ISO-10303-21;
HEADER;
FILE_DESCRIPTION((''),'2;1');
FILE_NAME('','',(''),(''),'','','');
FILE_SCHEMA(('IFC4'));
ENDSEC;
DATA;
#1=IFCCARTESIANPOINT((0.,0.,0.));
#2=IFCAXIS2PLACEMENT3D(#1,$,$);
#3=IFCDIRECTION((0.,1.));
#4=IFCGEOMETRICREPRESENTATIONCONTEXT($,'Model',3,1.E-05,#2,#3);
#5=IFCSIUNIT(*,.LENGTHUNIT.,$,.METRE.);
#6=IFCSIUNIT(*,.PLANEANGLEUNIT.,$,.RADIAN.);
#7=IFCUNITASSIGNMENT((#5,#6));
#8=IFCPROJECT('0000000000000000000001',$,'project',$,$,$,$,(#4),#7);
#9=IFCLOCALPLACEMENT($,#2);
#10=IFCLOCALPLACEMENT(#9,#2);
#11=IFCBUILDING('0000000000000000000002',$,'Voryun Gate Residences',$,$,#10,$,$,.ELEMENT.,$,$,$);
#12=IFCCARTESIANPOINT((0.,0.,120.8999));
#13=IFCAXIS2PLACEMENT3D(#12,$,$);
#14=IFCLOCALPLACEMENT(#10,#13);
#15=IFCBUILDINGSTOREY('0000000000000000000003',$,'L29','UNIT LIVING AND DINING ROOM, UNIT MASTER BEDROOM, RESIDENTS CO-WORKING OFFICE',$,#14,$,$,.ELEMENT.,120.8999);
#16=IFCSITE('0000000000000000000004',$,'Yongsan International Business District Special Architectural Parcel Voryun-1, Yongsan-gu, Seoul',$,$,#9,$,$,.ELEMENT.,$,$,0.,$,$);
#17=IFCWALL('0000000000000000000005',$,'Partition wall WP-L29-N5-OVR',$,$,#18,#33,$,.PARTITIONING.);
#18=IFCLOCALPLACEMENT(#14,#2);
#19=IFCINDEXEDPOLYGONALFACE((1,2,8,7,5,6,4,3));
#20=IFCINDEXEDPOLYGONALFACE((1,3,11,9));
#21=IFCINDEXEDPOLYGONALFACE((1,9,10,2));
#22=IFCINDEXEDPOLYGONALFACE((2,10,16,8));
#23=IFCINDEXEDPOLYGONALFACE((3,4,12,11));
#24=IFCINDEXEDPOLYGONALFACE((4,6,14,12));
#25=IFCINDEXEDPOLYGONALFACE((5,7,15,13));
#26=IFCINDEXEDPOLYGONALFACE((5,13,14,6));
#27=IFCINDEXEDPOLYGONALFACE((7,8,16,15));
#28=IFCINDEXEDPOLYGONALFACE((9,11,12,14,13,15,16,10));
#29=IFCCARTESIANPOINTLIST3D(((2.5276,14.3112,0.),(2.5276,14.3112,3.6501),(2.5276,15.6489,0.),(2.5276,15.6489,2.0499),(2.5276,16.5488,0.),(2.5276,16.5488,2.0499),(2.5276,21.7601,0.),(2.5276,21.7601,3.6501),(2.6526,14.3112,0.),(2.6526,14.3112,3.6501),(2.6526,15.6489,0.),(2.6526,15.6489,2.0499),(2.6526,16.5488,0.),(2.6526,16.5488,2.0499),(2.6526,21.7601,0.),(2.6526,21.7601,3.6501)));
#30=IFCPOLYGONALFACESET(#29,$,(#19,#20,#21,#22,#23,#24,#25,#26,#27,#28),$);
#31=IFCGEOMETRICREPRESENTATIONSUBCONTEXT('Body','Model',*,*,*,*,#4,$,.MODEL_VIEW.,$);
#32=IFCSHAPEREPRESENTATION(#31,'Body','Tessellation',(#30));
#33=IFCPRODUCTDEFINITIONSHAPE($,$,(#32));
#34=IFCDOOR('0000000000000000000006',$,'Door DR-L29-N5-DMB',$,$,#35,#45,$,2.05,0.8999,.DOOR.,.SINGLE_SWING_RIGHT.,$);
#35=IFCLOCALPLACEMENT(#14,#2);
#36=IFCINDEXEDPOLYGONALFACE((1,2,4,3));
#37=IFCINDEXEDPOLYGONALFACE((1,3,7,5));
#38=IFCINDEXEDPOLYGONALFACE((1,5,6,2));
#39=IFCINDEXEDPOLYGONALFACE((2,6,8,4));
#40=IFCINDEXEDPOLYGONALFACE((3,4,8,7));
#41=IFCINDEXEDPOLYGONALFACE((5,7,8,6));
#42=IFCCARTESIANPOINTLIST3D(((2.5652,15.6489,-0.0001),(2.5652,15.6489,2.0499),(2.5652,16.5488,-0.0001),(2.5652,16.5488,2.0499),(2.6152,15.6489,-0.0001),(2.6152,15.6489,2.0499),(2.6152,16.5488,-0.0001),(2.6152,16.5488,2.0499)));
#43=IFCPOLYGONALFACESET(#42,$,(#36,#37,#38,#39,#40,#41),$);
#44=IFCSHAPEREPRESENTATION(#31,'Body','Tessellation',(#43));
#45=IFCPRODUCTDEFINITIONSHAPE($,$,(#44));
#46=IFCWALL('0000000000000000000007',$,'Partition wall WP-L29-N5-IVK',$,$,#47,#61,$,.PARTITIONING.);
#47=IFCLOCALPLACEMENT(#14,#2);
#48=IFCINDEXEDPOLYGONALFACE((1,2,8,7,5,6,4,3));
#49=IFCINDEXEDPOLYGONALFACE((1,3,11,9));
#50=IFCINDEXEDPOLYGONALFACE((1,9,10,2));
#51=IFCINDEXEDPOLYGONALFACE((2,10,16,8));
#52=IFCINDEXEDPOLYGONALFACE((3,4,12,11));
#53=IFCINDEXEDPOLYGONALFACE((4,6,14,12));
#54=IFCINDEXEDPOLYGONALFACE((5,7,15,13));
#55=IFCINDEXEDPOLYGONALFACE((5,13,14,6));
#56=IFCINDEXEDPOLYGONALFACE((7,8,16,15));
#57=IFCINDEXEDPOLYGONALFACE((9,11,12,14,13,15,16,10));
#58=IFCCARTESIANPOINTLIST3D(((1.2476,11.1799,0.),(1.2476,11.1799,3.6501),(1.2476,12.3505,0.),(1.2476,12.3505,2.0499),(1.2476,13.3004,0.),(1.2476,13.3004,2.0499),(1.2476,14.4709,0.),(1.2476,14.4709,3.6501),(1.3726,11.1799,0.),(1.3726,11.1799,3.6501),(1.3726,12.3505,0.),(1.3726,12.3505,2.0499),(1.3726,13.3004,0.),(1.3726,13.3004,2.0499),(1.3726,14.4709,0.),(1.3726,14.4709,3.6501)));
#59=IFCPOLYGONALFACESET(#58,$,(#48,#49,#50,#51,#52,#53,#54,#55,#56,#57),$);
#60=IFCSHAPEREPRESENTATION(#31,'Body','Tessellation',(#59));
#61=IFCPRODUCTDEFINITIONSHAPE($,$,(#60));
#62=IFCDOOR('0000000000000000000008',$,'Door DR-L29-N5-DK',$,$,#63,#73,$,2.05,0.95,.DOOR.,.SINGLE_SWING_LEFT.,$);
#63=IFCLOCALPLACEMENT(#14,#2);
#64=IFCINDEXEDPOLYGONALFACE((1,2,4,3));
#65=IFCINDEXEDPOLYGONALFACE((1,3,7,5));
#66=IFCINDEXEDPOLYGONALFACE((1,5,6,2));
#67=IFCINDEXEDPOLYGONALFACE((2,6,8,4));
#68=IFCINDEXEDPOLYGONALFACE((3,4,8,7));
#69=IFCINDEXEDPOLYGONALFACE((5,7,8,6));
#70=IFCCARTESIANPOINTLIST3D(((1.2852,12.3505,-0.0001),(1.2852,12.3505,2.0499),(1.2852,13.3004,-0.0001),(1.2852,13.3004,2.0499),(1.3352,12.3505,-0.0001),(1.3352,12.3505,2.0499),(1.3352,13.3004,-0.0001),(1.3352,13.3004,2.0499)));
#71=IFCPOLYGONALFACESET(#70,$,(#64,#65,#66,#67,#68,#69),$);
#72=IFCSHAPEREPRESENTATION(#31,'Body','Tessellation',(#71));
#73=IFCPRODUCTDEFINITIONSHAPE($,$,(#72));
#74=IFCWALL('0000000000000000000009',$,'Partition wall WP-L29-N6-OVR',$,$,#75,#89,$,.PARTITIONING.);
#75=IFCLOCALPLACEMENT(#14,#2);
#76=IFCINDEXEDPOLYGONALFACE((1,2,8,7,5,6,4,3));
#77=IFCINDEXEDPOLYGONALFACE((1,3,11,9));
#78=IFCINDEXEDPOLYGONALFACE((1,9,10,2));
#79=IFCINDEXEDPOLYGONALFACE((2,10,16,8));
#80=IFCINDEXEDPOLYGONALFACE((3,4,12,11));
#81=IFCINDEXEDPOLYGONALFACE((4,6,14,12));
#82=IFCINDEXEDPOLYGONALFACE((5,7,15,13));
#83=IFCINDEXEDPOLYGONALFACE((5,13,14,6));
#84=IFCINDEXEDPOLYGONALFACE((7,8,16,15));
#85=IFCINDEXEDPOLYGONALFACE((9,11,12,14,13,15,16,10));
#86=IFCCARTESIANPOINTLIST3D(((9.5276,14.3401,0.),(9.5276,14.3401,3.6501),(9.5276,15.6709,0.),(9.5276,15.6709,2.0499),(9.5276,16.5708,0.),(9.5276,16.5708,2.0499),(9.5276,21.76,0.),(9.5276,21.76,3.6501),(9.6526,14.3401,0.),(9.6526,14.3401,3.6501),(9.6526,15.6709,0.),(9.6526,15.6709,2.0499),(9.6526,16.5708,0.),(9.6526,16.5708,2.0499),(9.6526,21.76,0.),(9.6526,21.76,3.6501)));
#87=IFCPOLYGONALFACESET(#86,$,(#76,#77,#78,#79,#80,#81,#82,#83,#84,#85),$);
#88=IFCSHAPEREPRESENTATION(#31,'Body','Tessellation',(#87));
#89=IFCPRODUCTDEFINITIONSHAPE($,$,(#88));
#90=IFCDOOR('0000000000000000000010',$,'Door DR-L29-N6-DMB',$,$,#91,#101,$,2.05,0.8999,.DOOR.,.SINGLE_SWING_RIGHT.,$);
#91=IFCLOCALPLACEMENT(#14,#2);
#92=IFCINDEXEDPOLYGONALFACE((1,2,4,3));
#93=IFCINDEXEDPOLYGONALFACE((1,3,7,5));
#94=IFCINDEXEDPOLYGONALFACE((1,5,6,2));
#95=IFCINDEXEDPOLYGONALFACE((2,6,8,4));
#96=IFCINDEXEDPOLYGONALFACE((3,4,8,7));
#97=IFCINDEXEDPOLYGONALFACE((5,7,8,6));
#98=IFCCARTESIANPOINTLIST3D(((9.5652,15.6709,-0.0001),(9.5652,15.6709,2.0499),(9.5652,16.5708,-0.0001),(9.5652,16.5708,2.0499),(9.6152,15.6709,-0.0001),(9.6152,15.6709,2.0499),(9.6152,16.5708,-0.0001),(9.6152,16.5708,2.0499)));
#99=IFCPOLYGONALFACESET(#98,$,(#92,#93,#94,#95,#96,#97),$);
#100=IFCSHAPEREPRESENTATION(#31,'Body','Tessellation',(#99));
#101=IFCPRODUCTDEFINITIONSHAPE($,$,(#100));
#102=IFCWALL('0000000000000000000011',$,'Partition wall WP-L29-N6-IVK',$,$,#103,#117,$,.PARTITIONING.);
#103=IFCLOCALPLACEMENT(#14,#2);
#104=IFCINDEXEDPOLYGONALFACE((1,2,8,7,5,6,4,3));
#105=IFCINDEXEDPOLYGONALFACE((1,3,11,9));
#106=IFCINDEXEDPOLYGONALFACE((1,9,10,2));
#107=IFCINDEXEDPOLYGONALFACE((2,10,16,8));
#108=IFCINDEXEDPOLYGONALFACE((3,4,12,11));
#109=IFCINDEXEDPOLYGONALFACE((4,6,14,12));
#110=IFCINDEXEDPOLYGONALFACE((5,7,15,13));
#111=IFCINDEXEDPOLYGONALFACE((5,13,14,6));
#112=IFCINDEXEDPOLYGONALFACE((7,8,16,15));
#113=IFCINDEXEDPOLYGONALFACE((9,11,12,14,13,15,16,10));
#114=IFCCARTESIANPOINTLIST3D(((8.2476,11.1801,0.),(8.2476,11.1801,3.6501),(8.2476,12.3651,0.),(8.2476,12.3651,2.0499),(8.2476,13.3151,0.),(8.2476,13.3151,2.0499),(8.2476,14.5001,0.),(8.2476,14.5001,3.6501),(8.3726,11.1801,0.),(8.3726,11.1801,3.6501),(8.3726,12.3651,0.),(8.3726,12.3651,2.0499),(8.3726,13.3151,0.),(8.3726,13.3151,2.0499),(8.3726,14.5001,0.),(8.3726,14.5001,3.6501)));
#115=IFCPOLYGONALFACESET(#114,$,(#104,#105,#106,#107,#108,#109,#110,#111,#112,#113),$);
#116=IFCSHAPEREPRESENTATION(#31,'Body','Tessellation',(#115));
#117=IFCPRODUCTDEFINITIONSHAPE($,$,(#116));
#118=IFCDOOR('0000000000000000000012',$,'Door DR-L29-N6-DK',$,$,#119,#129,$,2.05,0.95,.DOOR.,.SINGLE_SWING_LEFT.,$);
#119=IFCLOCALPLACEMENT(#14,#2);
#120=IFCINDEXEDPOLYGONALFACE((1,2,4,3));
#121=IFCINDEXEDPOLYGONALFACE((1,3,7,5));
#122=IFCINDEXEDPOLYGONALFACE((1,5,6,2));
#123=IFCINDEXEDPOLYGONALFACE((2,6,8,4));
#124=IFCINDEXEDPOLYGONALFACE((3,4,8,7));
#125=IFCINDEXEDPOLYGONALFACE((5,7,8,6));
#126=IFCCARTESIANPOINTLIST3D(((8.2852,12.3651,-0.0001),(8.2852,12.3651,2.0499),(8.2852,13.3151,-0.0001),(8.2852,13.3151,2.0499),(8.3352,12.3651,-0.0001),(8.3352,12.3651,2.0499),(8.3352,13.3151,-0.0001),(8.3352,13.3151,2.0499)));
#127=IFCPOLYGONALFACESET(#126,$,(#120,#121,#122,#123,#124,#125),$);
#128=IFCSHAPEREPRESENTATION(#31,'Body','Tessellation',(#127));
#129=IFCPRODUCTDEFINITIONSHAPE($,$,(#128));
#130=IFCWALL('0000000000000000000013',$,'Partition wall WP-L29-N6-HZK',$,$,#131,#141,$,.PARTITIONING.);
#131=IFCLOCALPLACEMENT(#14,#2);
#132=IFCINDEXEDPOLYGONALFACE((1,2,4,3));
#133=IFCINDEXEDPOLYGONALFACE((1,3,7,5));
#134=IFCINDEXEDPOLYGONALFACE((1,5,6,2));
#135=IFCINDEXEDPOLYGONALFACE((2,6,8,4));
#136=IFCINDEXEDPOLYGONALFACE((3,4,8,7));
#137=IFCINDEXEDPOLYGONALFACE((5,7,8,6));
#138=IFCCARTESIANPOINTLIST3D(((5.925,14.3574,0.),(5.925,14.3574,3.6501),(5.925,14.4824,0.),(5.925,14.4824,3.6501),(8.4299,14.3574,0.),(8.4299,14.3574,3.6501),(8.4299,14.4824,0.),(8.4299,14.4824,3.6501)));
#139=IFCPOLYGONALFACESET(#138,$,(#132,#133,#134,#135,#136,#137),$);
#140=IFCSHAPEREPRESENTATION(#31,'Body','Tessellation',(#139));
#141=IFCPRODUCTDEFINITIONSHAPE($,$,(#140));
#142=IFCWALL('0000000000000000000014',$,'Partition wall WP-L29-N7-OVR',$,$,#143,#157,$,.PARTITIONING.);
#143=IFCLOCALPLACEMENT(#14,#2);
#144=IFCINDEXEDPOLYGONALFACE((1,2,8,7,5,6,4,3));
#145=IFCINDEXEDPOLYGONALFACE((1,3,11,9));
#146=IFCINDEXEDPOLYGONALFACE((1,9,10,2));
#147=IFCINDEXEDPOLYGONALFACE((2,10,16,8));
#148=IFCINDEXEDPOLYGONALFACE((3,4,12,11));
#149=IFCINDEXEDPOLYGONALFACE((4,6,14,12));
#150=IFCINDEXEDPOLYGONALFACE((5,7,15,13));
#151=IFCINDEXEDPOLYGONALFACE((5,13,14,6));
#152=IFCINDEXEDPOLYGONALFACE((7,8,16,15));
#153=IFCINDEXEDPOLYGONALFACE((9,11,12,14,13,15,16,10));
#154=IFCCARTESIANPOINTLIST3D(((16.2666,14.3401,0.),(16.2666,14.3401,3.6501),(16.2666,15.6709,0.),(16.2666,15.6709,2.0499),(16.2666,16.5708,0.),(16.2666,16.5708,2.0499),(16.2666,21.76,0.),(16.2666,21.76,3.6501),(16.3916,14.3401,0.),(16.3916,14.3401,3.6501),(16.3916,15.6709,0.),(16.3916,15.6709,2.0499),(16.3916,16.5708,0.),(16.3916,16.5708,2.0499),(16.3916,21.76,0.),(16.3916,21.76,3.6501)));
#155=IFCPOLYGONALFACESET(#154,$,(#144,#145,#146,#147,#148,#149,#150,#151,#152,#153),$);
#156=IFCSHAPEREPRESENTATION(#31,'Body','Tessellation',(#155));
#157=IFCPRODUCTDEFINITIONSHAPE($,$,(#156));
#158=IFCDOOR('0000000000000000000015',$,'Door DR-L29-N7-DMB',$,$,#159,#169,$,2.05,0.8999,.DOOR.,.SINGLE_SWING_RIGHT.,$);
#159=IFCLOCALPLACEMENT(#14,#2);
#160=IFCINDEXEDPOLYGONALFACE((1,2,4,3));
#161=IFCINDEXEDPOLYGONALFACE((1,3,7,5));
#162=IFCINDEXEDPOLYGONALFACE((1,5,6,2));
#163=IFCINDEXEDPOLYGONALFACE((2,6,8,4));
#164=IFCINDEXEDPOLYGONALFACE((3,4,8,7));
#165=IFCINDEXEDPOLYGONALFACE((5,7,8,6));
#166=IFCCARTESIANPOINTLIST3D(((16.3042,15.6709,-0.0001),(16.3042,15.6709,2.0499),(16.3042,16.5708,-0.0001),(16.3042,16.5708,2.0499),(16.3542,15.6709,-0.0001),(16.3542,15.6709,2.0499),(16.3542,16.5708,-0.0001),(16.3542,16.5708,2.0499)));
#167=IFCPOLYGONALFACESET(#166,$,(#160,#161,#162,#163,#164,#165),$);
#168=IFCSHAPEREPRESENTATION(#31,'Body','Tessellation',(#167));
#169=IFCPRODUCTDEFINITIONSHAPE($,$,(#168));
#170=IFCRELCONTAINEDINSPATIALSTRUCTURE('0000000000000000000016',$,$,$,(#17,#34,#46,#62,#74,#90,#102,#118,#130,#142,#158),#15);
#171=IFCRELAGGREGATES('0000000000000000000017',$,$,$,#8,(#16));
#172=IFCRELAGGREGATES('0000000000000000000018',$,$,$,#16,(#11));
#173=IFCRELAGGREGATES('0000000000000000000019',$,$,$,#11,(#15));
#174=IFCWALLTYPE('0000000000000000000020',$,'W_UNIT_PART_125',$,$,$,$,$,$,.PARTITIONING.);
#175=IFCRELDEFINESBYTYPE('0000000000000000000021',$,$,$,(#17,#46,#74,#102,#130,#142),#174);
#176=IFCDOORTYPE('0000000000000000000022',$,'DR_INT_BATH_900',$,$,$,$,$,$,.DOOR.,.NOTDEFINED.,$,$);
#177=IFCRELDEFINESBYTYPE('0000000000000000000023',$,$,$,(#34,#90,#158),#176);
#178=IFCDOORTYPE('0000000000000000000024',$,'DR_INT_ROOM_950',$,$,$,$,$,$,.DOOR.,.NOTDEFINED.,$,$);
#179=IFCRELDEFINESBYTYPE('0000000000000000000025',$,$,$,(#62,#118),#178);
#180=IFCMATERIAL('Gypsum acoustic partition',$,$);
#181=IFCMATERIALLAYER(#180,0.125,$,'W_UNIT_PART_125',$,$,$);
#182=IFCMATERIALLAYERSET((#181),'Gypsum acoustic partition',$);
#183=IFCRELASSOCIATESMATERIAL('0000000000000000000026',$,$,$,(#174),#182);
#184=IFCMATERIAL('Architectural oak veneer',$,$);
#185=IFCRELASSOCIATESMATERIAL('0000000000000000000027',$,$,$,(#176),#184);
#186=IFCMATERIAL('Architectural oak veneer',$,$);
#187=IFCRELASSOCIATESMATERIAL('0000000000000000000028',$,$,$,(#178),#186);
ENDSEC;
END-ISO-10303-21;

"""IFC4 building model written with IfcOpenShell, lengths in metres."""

from ifc_helpers import new_model, si_unit, direction, frame, frame_2d, origin, place, context, subcontext, project, spatial, rectangle, extrude, material, layer, layer_set, type_object, element, fill, save


model = new_model("IFC4")

# Units and contexts
model_context = context("Model", 3, precision=1e-05, world=origin(), true_north=direction((0.0, 1.0)))
body_context = subcontext(model_context, "Body", "Model", "MODEL_VIEW")
ifc_project = project(units=[si_unit("LENGTHUNIT", "METRE"), si_unit("PLANEANGLEUNIT", "RADIAN")], contexts=[model_context])

# Site, building, storey
site_placement = place(None, origin())
site = spatial("IfcSite", under=ifc_project, at=site_placement, Name="Yongsan International Business District Special Architectural Parcel Voryun-1, Yongsan-gu, Seoul", CompositionType="ELEMENT", RefElevation=0.0)
building_placement = place(site_placement, origin())
building = spatial("IfcBuilding", under=site, at=building_placement, Name="Voryun Gate Residences", CompositionType="ELEMENT")
storey_placement = place(building_placement, frame((0.0, 0.0, 120.8999)))
storey = spatial("IfcBuildingStorey", under=building, at=storey_placement, Name="L29", Description="UNIT LIVING AND DINING ROOM, UNIT MASTER BEDROOM, RESIDENTS CO-WORKING OFFICE", CompositionType="ELEMENT", Elevation=120.8999)

# Walls, openings, doors
ifc_material_1 = material(Name="Gypsum acoustic partition")
ifc_layer_1 = layer(ifc_material_1, 0.125, Name="W_UNIT_PART_125")
ifc_layer_set_1 = layer_set([ifc_layer_1], Name="Gypsum acoustic partition")
wall_type_1 = type_object("IfcWallType", Name="W_UNIT_PART_125", PredefinedType="PARTITIONING", material=ifc_layer_set_1)
wall_1_placement = place(storey_placement, frame((2.5901, 14.311, 0.0), z_axis=(0.0, 0.0, 1.0), x_axis=(0.0, 1.0, 0.0)))
wall_1 = element("IfcWall", 1, at=wall_1_placement, inside=storey, type_object=wall_type_1, Name="Partition wall WP-L29-N5-OVR", PredefinedType="PARTITIONING", context=body_context, shape_type="SweptSolid", body=[
    extrude(rectangle(XDim=7.449, YDim=0.125, at=frame_2d((3.7246, 0.0))), origin(), (0.0, 0.0, 1.0), 3.6501),
])
opening_1_placement = place(wall_1_placement, frame((1.3379, 0.0, 0.0)))
opening_1 = element("IfcOpeningElement", 2, at=opening_1_placement, cuts=wall_1, PredefinedType="OPENING", context=body_context, shape_type="SweptSolid", body=[
    extrude(rectangle(XDim=0.8999, YDim=2.05, at=frame_2d((0.45, 1.0249))), frame((0.0, 0.0725, 0.0), z_axis=(0.0, -1.0, 0.0), x_axis=(1.0, 0.0, 0.0)), (0.0, 0.0, 1.0), 0.145),
])
ifc_material_2 = material(Name="Architectural oak veneer")
door_type_1 = type_object("IfcDoorType", Name="DR_INT_BATH_900", OperationType="NOTDEFINED", PredefinedType="DOOR", material=ifc_material_2)
door_1_placement = place(opening_1_placement, origin())
door_1 = element("IfcDoor", 3, at=door_1_placement, inside=storey, type_object=door_type_1, Name="Door DR-L29-N5-DMB", OperationType="SINGLE_SWING_RIGHT", OverallHeight=2.05, OverallWidth=0.8999, PredefinedType="DOOR", context=body_context, shape_type="SweptSolid", body=[
    extrude(rectangle(XDim=0.8999, YDim=2.05, at=frame_2d((0.45, 1.0249))), frame((0.0, 0.0249, 0.0), z_axis=(0.0, -1.0, 0.0), x_axis=(1.0, 0.0, 0.0)), (0.0, 0.0, 1.0), 0.05),
])
fill(opening_1, door_1)
wall_2_placement = place(storey_placement, frame((1.3101, 11.1799, 0.0), z_axis=(0.0, 0.0, 1.0), x_axis=(0.0, 1.0, 0.0)))
wall_2 = element("IfcWall", 4, at=wall_2_placement, inside=storey, type_object=wall_type_1, Name="Partition wall WP-L29-N5-IVK", PredefinedType="PARTITIONING", context=body_context, shape_type="SweptSolid", body=[
    extrude(rectangle(XDim=3.291, YDim=0.125, at=frame_2d((1.6455, 0.0))), origin(), (0.0, 0.0, 1.0), 3.6501),
])
opening_2_placement = place(wall_2_placement, frame((1.1704, 0.0, 0.0)))
opening_2 = element("IfcOpeningElement", 5, at=opening_2_placement, cuts=wall_2, PredefinedType="OPENING", context=body_context, shape_type="SweptSolid", body=[
    extrude(rectangle(XDim=0.95, YDim=2.05, at=frame_2d((0.4751, 1.0249))), frame((0.0, 0.0725, 0.0), z_axis=(0.0, -1.0, 0.0), x_axis=(1.0, 0.0, 0.0)), (0.0, 0.0, 1.0), 0.145),
])
ifc_material_3 = material(Name="Architectural oak veneer")
door_type_2 = type_object("IfcDoorType", Name="DR_INT_ROOM_950", OperationType="NOTDEFINED", PredefinedType="DOOR", material=ifc_material_3)
door_2_placement = place(opening_2_placement, origin())
door_2 = element("IfcDoor", 6, at=door_2_placement, inside=storey, type_object=door_type_2, Name="Door DR-L29-N5-DK", OperationType="SINGLE_SWING_LEFT", OverallHeight=2.05, OverallWidth=0.95, PredefinedType="DOOR", context=body_context, shape_type="SweptSolid", body=[
    extrude(rectangle(XDim=0.95, YDim=2.05, at=frame_2d((0.4751, 1.0249))), frame((0.0, 0.0249, 0.0), z_axis=(0.0, -1.0, 0.0), x_axis=(1.0, 0.0, 0.0)), (0.0, 0.0, 1.0), 0.05),
])
fill(opening_2, door_2)
wall_3_placement = place(storey_placement, frame((9.5901, 14.3401, 0.0), z_axis=(0.0, 0.0, 1.0), x_axis=(0.0, 1.0, 0.0)))
wall_3 = element("IfcWall", 7, at=wall_3_placement, inside=storey, type_object=wall_type_1, Name="Partition wall WP-L29-N6-OVR", PredefinedType="PARTITIONING", context=body_context, shape_type="SweptSolid", body=[
    extrude(rectangle(XDim=7.4199, YDim=0.125, at=frame_2d((3.71, 0.0))), origin(), (0.0, 0.0, 1.0), 3.6501),
])
opening_3_placement = place(wall_3_placement, frame((1.3308, 0.0, 0.0)))
opening_3 = element("IfcOpeningElement", 8, at=opening_3_placement, cuts=wall_3, PredefinedType="OPENING", context=body_context, shape_type="SweptSolid", body=[
    extrude(rectangle(XDim=0.8999, YDim=2.05, at=frame_2d((0.45, 1.0249))), frame((0.0, 0.0725, 0.0), z_axis=(0.0, -1.0, 0.0), x_axis=(1.0, 0.0, 0.0)), (0.0, 0.0, 1.0), 0.145),
])
door_3_placement = place(opening_3_placement, origin())
door_3 = element("IfcDoor", 9, at=door_3_placement, inside=storey, type_object=door_type_1, Name="Door DR-L29-N6-DMB", OperationType="SINGLE_SWING_RIGHT", OverallHeight=2.05, OverallWidth=0.8999, PredefinedType="DOOR", context=body_context, shape_type="SweptSolid", body=[
    extrude(rectangle(XDim=0.8999, YDim=2.05, at=frame_2d((0.45, 1.0249))), frame((0.0, 0.0249, 0.0), z_axis=(0.0, -1.0, 0.0), x_axis=(1.0, 0.0, 0.0)), (0.0, 0.0, 1.0), 0.05),
])
fill(opening_3, door_3)
wall_4_placement = place(storey_placement, frame((8.3101, 11.1799, 0.0), z_axis=(0.0, 0.0, 1.0), x_axis=(0.0, 1.0, 0.0)))
wall_4 = element("IfcWall", 10, at=wall_4_placement, inside=storey, type_object=wall_type_1, Name="Partition wall WP-L29-N6-IVK", PredefinedType="PARTITIONING", context=body_context, shape_type="SweptSolid", body=[
    extrude(rectangle(XDim=3.3201, YDim=0.125, at=frame_2d((1.6602, 0.0))), origin(), (0.0, 0.0, 1.0), 3.6501),
])
opening_4_placement = place(wall_4_placement, frame((1.1851, 0.0, 0.0)))
opening_4 = element("IfcOpeningElement", 11, at=opening_4_placement, cuts=wall_4, PredefinedType="OPENING", context=body_context, shape_type="SweptSolid", body=[
    extrude(rectangle(XDim=0.95, YDim=2.05, at=frame_2d((0.4751, 1.0249))), frame((0.0, 0.0725, 0.0), z_axis=(0.0, -1.0, 0.0), x_axis=(1.0, 0.0, 0.0)), (0.0, 0.0, 1.0), 0.145),
])
door_4_placement = place(opening_4_placement, origin())
door_4 = element("IfcDoor", 12, at=door_4_placement, inside=storey, type_object=door_type_2, Name="Door DR-L29-N6-DK", OperationType="SINGLE_SWING_LEFT", OverallHeight=2.05, OverallWidth=0.95, PredefinedType="DOOR", context=body_context, shape_type="SweptSolid", body=[
    extrude(rectangle(XDim=0.95, YDim=2.05, at=frame_2d((0.4751, 1.0249))), frame((0.0, 0.0249, 0.0), z_axis=(0.0, -1.0, 0.0), x_axis=(1.0, 0.0, 0.0)), (0.0, 0.0, 1.0), 0.05),
])
fill(opening_4, door_4)

# Wall
wall_5_placement = place(storey_placement, frame((5.925, 14.4199, 0.0), z_axis=(0.0, 0.0, 1.0), x_axis=(1.0, 0.0, 0.0)))
element("IfcWall", 13, at=wall_5_placement, inside=storey, type_object=wall_type_1, Name="Partition wall WP-L29-N6-HZK", PredefinedType="PARTITIONING", context=body_context, shape_type="SweptSolid", body=[
    extrude(rectangle(XDim=2.5049, YDim=0.125, at=frame_2d((1.2524, 0.0))), origin(), (0.0, 0.0, 1.0), 3.6501),
])

# Wall, opening, door
wall_6_placement = place(storey_placement, frame((16.3291, 14.3401, 0.0), z_axis=(0.0, 0.0, 1.0), x_axis=(0.0, 1.0, 0.0)))
wall_6 = element("IfcWall", 14, at=wall_6_placement, inside=storey, type_object=wall_type_1, Name="Partition wall WP-L29-N7-OVR", PredefinedType="PARTITIONING", context=body_context, shape_type="SweptSolid", body=[
    extrude(rectangle(XDim=7.4199, YDim=0.125, at=frame_2d((3.71, 0.0))), origin(), (0.0, 0.0, 1.0), 3.6501),
])
opening_5_placement = place(wall_6_placement, frame((1.3308, 0.0, 0.0)))
opening_5 = element("IfcOpeningElement", 15, at=opening_5_placement, cuts=wall_6, PredefinedType="OPENING", context=body_context, shape_type="SweptSolid", body=[
    extrude(rectangle(XDim=0.8999, YDim=2.05, at=frame_2d((0.45, 1.0249))), frame((0.0, 0.0725, 0.0), z_axis=(0.0, -1.0, 0.0), x_axis=(1.0, 0.0, 0.0)), (0.0, 0.0, 1.0), 0.145),
])
door_5_placement = place(opening_5_placement, origin())
door_5 = element("IfcDoor", 16, at=door_5_placement, inside=storey, type_object=door_type_1, Name="Door DR-L29-N7-DMB", OperationType="SINGLE_SWING_RIGHT", OverallHeight=2.05, OverallWidth=0.8999, PredefinedType="DOOR", context=body_context, shape_type="SweptSolid", body=[
    extrude(rectangle(XDim=0.8999, YDim=2.05, at=frame_2d((0.45, 1.0249))), frame((0.0, 0.0249, 0.0), z_axis=(0.0, -1.0, 0.0), x_axis=(1.0, 0.0, 0.0)), (0.0, 0.0, 1.0), 0.05),
])
fill(opening_5, door_5)

save(model, "model.ifc")
